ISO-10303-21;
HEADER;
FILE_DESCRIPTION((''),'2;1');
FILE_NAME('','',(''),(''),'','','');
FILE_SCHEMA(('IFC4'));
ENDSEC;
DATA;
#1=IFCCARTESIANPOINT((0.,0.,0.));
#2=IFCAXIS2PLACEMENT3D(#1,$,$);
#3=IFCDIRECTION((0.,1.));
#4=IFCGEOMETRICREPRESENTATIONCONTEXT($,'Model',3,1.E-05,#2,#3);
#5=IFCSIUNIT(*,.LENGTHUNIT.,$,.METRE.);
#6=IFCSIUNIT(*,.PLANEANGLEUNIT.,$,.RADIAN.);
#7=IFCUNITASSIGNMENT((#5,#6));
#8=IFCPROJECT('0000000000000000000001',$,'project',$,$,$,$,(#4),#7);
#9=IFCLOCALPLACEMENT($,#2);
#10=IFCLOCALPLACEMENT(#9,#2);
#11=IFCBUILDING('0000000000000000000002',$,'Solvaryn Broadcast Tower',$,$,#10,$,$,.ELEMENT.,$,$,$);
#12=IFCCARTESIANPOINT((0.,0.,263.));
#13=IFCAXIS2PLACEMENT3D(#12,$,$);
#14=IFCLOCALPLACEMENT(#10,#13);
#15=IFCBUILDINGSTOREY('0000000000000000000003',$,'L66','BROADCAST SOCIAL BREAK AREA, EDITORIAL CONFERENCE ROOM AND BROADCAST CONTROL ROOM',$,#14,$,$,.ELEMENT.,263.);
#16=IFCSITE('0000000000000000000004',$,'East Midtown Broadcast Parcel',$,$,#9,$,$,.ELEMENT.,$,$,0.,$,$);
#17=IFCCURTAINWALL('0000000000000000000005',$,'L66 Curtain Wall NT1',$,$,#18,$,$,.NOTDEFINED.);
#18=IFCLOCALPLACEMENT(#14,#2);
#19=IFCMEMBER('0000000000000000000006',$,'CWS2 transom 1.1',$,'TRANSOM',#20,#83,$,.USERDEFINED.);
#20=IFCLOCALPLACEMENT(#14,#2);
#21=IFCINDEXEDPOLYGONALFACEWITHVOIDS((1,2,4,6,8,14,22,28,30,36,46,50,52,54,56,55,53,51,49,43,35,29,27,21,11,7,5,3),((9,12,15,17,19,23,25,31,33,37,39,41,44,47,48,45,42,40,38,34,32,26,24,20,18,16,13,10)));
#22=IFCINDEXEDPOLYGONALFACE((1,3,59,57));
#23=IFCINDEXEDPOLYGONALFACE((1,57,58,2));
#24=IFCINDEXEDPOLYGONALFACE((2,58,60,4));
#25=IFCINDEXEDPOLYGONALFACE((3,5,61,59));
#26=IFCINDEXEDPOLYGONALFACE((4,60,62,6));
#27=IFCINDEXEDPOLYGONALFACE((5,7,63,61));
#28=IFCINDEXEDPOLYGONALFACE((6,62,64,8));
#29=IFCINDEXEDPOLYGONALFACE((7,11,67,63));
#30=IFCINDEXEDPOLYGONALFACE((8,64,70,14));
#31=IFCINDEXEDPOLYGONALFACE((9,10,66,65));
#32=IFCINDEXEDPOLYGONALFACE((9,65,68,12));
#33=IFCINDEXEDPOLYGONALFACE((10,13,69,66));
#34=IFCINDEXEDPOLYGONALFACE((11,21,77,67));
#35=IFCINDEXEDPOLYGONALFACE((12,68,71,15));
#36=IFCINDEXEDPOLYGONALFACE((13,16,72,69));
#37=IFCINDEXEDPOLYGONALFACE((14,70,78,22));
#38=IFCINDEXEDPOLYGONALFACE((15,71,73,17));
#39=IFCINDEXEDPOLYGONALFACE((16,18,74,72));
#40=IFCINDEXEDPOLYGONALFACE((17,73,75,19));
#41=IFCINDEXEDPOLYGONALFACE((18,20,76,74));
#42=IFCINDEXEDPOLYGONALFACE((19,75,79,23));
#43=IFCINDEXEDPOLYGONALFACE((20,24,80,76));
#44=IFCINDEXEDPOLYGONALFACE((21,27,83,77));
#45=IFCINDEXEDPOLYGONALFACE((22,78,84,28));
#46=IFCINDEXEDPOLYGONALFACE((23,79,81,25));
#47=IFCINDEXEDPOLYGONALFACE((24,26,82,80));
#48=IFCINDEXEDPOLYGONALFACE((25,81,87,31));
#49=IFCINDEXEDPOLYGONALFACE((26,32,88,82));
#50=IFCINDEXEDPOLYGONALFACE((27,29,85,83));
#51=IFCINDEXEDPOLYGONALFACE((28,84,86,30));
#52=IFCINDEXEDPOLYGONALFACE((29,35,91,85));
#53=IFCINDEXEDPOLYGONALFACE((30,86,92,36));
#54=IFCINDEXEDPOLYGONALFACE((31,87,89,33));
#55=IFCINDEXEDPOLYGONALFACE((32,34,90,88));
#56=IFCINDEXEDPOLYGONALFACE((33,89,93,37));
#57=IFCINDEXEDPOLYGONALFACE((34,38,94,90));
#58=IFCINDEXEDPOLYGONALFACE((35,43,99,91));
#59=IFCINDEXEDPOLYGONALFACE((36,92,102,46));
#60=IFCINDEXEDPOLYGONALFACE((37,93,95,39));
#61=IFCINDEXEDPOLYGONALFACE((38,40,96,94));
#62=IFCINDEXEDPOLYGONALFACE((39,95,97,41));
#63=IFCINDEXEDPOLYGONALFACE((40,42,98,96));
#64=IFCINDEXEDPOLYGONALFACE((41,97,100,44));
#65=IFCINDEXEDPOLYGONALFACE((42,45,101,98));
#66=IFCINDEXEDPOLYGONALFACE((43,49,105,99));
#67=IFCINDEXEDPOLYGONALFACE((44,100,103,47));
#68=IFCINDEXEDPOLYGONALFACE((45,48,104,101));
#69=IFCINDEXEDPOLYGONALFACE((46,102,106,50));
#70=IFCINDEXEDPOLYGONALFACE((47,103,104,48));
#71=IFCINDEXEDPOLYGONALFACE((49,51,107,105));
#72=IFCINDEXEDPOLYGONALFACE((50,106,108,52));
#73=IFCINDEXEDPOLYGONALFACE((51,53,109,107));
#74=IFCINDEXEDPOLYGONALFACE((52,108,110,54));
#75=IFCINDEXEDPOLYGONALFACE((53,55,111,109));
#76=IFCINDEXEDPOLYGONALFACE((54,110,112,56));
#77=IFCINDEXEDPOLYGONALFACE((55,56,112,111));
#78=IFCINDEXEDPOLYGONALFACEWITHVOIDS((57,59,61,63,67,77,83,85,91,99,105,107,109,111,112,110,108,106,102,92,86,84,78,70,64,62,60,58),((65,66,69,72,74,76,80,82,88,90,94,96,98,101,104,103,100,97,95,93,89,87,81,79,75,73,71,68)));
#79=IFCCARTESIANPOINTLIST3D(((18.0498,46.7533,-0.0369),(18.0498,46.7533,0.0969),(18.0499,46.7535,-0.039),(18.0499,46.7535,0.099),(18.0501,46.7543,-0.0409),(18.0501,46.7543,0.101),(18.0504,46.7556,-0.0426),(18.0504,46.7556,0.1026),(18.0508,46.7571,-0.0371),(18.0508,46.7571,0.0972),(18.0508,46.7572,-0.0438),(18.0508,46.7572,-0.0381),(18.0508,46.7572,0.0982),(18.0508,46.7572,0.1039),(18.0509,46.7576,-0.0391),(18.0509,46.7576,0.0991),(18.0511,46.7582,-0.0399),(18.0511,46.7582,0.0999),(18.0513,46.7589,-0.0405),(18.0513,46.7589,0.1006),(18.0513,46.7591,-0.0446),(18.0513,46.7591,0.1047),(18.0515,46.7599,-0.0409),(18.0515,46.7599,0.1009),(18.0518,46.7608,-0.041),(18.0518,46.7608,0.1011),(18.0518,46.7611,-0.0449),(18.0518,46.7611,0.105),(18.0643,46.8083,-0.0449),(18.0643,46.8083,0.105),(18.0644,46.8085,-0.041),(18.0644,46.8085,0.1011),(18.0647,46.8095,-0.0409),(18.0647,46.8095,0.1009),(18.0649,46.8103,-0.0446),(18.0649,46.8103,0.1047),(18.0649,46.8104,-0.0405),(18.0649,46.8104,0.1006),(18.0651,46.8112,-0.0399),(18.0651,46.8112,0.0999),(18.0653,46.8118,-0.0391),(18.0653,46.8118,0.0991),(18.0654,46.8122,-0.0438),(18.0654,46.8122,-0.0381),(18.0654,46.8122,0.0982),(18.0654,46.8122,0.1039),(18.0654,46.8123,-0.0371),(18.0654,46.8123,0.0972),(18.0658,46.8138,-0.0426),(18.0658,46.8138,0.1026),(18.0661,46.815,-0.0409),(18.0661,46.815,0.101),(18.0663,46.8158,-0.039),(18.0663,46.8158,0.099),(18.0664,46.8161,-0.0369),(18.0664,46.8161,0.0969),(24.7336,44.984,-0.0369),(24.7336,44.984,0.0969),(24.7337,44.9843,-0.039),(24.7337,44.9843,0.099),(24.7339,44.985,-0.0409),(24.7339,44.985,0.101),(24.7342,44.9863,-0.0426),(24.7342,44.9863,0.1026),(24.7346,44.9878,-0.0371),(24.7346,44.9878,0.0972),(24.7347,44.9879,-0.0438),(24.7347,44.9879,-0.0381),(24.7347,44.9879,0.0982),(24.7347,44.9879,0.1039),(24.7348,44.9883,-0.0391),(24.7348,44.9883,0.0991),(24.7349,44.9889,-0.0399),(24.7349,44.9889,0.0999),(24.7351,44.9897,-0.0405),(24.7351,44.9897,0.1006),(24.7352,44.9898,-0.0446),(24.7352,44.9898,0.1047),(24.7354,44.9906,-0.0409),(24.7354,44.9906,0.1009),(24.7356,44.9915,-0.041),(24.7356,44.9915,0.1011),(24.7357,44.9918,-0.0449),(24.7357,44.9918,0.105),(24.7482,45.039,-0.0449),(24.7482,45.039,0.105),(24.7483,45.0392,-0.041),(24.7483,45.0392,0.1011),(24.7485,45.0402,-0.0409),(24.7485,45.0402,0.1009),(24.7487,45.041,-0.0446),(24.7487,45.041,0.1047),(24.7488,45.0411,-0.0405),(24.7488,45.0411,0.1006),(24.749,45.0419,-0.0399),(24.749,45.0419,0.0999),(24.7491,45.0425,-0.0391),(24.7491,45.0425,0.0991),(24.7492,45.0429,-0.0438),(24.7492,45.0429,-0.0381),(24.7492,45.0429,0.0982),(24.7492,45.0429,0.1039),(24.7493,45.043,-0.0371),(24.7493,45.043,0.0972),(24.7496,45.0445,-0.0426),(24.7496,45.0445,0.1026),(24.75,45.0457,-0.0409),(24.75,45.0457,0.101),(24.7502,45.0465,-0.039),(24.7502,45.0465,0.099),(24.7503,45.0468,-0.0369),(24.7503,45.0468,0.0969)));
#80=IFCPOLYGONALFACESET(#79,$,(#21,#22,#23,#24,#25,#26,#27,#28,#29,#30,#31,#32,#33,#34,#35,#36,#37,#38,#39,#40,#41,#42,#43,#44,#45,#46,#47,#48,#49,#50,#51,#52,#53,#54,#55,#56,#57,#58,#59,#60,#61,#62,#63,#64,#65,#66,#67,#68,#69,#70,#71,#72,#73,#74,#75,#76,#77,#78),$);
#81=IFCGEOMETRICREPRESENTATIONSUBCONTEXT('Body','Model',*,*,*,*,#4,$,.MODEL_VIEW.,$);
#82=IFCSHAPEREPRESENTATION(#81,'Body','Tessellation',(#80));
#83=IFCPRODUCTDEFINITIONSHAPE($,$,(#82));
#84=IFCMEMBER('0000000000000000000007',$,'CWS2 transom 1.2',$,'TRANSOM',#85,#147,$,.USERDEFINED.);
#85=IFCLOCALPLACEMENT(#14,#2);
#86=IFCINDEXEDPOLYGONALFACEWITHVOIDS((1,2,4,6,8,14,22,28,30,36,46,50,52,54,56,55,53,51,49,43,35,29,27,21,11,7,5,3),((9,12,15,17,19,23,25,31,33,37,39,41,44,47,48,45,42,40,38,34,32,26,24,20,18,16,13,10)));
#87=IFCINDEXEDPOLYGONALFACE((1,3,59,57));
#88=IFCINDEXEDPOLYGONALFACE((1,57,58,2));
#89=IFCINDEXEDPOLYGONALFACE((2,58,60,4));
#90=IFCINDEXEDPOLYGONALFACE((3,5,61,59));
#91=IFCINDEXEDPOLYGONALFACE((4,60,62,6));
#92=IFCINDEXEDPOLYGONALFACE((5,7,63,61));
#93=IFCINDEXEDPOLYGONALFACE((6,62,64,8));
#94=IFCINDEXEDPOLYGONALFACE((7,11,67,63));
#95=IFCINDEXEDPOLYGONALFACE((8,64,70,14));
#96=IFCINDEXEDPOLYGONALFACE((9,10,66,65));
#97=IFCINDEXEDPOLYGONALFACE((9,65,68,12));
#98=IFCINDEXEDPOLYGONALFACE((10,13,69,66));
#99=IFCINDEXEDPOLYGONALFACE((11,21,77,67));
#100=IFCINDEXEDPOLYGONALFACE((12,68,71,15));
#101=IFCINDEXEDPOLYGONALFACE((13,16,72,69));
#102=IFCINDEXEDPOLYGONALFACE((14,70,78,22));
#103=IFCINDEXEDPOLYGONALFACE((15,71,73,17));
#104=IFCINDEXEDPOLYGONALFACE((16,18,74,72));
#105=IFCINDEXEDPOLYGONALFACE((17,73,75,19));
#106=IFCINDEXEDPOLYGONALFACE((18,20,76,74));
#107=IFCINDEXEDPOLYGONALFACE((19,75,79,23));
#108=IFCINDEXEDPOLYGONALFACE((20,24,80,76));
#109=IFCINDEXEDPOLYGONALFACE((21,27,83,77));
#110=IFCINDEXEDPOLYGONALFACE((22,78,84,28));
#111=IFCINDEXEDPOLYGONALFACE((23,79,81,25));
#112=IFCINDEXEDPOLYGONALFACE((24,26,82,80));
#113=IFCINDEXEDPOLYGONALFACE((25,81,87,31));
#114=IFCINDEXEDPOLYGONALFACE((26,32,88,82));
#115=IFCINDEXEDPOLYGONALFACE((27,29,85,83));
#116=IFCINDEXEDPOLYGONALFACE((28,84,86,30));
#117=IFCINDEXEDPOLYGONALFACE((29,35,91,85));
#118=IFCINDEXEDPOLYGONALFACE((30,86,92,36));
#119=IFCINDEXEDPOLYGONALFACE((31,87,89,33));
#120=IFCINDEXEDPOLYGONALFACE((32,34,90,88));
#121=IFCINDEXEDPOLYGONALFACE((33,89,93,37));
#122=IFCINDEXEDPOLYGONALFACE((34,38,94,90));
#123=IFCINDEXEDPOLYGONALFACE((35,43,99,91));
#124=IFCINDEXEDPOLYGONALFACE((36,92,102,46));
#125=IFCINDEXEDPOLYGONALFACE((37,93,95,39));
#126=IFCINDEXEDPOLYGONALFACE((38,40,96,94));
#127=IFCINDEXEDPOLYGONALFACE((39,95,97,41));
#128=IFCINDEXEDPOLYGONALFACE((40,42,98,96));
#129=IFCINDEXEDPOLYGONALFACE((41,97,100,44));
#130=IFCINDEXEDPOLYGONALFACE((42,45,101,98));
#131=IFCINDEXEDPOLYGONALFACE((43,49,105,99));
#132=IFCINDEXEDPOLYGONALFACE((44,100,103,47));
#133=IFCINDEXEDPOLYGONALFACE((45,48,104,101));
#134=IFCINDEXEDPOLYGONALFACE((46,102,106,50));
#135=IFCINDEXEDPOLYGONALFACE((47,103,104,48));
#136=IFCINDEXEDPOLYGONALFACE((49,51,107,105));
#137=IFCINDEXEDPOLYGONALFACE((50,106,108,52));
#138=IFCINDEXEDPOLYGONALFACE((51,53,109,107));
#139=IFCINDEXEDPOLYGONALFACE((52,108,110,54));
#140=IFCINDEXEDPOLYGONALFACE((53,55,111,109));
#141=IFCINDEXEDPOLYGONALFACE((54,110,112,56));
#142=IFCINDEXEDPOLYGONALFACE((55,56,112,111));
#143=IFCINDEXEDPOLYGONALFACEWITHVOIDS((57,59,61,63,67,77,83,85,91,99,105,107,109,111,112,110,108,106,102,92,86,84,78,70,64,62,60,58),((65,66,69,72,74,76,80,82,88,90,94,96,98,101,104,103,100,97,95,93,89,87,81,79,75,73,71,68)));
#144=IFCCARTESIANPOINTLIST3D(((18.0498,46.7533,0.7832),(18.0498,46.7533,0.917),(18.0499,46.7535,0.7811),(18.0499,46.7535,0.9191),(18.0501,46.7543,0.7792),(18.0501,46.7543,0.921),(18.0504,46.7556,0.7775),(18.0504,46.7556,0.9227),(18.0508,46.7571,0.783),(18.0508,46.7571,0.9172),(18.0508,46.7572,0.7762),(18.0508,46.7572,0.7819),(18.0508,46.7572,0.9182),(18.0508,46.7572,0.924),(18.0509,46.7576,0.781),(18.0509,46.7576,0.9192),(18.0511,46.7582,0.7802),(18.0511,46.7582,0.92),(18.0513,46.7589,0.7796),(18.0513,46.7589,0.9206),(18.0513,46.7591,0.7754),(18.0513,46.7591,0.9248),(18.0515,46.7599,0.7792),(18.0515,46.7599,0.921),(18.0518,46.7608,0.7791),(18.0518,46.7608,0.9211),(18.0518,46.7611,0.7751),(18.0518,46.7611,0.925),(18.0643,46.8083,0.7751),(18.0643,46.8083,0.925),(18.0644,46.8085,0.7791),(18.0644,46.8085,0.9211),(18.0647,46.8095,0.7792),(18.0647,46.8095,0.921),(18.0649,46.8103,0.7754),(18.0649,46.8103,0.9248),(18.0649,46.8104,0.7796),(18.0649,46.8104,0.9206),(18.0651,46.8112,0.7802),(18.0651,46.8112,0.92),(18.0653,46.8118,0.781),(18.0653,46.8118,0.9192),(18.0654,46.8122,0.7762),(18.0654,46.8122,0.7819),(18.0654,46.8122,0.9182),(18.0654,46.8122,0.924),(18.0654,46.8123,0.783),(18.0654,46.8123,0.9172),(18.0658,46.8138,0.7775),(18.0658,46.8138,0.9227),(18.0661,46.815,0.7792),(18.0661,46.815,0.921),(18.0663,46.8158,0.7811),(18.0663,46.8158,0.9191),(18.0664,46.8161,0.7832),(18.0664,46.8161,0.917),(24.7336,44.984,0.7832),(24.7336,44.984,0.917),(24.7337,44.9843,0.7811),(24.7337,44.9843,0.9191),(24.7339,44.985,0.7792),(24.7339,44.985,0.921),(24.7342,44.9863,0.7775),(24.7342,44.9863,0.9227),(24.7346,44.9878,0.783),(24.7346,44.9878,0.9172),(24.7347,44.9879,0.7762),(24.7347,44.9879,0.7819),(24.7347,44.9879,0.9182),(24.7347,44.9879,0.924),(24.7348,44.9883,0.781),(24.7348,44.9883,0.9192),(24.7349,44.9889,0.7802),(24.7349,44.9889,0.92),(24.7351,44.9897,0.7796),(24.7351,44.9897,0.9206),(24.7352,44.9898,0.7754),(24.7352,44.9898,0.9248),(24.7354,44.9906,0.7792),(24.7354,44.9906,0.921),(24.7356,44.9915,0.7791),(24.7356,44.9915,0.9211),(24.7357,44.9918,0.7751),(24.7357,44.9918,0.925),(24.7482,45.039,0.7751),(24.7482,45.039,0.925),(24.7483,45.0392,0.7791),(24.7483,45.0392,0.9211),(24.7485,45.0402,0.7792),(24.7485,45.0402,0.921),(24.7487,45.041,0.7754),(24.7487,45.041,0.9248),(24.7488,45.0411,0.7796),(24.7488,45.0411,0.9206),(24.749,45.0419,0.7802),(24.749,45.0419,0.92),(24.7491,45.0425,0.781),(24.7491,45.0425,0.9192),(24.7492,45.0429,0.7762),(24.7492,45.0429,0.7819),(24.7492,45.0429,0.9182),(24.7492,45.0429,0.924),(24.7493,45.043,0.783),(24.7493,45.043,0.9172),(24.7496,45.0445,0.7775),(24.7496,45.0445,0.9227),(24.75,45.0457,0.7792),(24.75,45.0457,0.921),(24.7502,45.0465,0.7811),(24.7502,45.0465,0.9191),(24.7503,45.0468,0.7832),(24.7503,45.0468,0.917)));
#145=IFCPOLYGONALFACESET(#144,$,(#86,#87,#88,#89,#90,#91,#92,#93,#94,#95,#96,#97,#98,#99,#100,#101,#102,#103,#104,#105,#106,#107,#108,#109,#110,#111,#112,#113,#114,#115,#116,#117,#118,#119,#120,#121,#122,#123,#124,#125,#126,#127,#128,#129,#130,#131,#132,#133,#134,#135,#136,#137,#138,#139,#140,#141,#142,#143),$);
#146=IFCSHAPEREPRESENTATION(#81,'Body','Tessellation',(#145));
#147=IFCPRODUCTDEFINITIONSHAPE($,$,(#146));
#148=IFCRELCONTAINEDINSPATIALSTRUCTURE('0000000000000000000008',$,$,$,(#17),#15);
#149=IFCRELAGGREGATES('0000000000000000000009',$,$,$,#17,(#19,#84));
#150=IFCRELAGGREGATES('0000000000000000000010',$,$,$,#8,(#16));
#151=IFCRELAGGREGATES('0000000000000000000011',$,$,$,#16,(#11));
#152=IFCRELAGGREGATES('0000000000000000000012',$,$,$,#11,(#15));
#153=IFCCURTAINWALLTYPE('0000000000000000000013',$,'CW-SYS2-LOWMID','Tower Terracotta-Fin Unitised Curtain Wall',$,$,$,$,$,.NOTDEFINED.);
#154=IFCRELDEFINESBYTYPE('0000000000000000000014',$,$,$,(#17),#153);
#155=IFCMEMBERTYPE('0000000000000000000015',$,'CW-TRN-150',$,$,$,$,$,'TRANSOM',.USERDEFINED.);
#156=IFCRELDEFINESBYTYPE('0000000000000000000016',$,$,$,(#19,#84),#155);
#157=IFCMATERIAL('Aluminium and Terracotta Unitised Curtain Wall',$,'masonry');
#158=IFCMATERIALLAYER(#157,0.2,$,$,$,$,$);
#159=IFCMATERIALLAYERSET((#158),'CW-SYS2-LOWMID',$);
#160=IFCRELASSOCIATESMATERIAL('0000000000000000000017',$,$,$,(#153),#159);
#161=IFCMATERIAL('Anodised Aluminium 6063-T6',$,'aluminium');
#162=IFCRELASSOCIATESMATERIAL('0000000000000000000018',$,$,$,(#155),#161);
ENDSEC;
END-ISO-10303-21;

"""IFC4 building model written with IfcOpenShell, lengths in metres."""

from ifc_helpers import new_model, si_unit, direction, frame, origin, origin_2d, place, context, subcontext, project, spatial, hollow_rectangle, extrude, material, layer, layer_set, material_profile, profile_set, type_object, element, aggregate, save


model = new_model("IFC4")

# Units and contexts
model_context = context("Model", 3, precision=1e-05, world=origin(), true_north=direction((0.0, 1.0)))
body_context = subcontext(model_context, "Body", "Model", "MODEL_VIEW")
ifc_project = project(units=[si_unit("LENGTHUNIT", "METRE"), si_unit("PLANEANGLEUNIT", "RADIAN")], contexts=[model_context])

# Site, building, storey
site_placement = place(None, origin())
site = spatial("IfcSite", under=ifc_project, at=site_placement, Name="East Midtown Broadcast Parcel", CompositionType="ELEMENT", RefElevation=0.0)
building_placement = place(site_placement, origin())
building = spatial("IfcBuilding", under=site, at=building_placement, Name="Solvaryn Broadcast Tower", CompositionType="ELEMENT")
storey_placement = place(building_placement, frame((0.0, 0.0, 263.0)))
storey = spatial("IfcBuildingStorey", under=building, at=storey_placement, Name="L66", Description="BROADCAST SOCIAL BREAK AREA, EDITORIAL CONFERENCE ROOM AND BROADCAST CONTROL ROOM", CompositionType="ELEMENT", Elevation=263.0)

# Shared definitions
ifc_material_1 = material(Name="Aluminium and Terracotta Unitised Curtain Wall", Category="masonry")
ifc_layer_1 = layer(ifc_material_1, 0.2)
ifc_layer_set_1 = layer_set([ifc_layer_1], Name="CW-SYS2-LOWMID")
curtain_wall_type = type_object("IfcCurtainWallType", Name="CW-SYS2-LOWMID", Description="Tower Terracotta-Fin Unitised Curtain Wall", PredefinedType="NOTDEFINED", material=ifc_layer_set_1)

# Curtain wall
curtain_wall_1_placement = place(storey_placement, origin())
curtain_wall_1 = element("IfcCurtainWall", 1, at=curtain_wall_1_placement, inside=storey, type_object=curtain_wall_type, Name="L66 Curtain Wall NT1", PredefinedType="NOTDEFINED")

# Members
ifc_material_2 = material(Name="Anodised Aluminium 6063-T6", Category="aluminium")
ifc_material_profile_1 = material_profile(ifc_material_2, hollow_rectangle(XDim=0.0649, YDim=0.1499, WallThickness=0.0039, InnerFilletRadius=0.0039, OuterFilletRadius=0.0081, at=origin_2d()))
ifc_profile_set_1 = profile_set([ifc_material_profile_1], Name="Anodised Aluminium 6063-T6")
member_type_1 = type_object("IfcMemberType", Name="CW-TRN-150", ElementType="TRANSOM", PredefinedType="USERDEFINED", material=ifc_profile_set_1)
member_1_placement = place(storey_placement, frame((24.7419, 45.0154, 0.03), z_axis=(-0.966704, 0.255897, 0.0), x_axis=(-0.255897, -0.966704, 0.0)))
member_1 = element("IfcMember", 2, at=member_1_placement, type_object=member_type_1, Name="CWS2 transom 1.1", ObjectType="TRANSOM", PredefinedType="USERDEFINED", context=body_context, shape_type="SweptSolid", body=[
    extrude(hollow_rectangle(XDim=0.0649, YDim=0.1499, WallThickness=0.0039, InnerFilletRadius=0.0039, OuterFilletRadius=0.0081, at=origin_2d()), origin(), (0.0, 0.0, 1.0), 6.9141),
])
member_2_placement = place(storey_placement, frame((24.7419, 45.0154, 0.8501), z_axis=(-0.966704, 0.255897, 0.0), x_axis=(-0.255897, -0.966704, 0.0)))
member_2 = element("IfcMember", 3, at=member_2_placement, type_object=member_type_1, Name="CWS2 transom 1.2", ObjectType="TRANSOM", PredefinedType="USERDEFINED", context=body_context, shape_type="SweptSolid", body=[
    extrude(hollow_rectangle(XDim=0.0649, YDim=0.1499, WallThickness=0.0039, InnerFilletRadius=0.0039, OuterFilletRadius=0.0081, at=origin_2d()), origin(), (0.0, 0.0, 1.0), 6.9141),
])
aggregate(curtain_wall_1, [member_1, member_2])

save(model, "model.ifc")
